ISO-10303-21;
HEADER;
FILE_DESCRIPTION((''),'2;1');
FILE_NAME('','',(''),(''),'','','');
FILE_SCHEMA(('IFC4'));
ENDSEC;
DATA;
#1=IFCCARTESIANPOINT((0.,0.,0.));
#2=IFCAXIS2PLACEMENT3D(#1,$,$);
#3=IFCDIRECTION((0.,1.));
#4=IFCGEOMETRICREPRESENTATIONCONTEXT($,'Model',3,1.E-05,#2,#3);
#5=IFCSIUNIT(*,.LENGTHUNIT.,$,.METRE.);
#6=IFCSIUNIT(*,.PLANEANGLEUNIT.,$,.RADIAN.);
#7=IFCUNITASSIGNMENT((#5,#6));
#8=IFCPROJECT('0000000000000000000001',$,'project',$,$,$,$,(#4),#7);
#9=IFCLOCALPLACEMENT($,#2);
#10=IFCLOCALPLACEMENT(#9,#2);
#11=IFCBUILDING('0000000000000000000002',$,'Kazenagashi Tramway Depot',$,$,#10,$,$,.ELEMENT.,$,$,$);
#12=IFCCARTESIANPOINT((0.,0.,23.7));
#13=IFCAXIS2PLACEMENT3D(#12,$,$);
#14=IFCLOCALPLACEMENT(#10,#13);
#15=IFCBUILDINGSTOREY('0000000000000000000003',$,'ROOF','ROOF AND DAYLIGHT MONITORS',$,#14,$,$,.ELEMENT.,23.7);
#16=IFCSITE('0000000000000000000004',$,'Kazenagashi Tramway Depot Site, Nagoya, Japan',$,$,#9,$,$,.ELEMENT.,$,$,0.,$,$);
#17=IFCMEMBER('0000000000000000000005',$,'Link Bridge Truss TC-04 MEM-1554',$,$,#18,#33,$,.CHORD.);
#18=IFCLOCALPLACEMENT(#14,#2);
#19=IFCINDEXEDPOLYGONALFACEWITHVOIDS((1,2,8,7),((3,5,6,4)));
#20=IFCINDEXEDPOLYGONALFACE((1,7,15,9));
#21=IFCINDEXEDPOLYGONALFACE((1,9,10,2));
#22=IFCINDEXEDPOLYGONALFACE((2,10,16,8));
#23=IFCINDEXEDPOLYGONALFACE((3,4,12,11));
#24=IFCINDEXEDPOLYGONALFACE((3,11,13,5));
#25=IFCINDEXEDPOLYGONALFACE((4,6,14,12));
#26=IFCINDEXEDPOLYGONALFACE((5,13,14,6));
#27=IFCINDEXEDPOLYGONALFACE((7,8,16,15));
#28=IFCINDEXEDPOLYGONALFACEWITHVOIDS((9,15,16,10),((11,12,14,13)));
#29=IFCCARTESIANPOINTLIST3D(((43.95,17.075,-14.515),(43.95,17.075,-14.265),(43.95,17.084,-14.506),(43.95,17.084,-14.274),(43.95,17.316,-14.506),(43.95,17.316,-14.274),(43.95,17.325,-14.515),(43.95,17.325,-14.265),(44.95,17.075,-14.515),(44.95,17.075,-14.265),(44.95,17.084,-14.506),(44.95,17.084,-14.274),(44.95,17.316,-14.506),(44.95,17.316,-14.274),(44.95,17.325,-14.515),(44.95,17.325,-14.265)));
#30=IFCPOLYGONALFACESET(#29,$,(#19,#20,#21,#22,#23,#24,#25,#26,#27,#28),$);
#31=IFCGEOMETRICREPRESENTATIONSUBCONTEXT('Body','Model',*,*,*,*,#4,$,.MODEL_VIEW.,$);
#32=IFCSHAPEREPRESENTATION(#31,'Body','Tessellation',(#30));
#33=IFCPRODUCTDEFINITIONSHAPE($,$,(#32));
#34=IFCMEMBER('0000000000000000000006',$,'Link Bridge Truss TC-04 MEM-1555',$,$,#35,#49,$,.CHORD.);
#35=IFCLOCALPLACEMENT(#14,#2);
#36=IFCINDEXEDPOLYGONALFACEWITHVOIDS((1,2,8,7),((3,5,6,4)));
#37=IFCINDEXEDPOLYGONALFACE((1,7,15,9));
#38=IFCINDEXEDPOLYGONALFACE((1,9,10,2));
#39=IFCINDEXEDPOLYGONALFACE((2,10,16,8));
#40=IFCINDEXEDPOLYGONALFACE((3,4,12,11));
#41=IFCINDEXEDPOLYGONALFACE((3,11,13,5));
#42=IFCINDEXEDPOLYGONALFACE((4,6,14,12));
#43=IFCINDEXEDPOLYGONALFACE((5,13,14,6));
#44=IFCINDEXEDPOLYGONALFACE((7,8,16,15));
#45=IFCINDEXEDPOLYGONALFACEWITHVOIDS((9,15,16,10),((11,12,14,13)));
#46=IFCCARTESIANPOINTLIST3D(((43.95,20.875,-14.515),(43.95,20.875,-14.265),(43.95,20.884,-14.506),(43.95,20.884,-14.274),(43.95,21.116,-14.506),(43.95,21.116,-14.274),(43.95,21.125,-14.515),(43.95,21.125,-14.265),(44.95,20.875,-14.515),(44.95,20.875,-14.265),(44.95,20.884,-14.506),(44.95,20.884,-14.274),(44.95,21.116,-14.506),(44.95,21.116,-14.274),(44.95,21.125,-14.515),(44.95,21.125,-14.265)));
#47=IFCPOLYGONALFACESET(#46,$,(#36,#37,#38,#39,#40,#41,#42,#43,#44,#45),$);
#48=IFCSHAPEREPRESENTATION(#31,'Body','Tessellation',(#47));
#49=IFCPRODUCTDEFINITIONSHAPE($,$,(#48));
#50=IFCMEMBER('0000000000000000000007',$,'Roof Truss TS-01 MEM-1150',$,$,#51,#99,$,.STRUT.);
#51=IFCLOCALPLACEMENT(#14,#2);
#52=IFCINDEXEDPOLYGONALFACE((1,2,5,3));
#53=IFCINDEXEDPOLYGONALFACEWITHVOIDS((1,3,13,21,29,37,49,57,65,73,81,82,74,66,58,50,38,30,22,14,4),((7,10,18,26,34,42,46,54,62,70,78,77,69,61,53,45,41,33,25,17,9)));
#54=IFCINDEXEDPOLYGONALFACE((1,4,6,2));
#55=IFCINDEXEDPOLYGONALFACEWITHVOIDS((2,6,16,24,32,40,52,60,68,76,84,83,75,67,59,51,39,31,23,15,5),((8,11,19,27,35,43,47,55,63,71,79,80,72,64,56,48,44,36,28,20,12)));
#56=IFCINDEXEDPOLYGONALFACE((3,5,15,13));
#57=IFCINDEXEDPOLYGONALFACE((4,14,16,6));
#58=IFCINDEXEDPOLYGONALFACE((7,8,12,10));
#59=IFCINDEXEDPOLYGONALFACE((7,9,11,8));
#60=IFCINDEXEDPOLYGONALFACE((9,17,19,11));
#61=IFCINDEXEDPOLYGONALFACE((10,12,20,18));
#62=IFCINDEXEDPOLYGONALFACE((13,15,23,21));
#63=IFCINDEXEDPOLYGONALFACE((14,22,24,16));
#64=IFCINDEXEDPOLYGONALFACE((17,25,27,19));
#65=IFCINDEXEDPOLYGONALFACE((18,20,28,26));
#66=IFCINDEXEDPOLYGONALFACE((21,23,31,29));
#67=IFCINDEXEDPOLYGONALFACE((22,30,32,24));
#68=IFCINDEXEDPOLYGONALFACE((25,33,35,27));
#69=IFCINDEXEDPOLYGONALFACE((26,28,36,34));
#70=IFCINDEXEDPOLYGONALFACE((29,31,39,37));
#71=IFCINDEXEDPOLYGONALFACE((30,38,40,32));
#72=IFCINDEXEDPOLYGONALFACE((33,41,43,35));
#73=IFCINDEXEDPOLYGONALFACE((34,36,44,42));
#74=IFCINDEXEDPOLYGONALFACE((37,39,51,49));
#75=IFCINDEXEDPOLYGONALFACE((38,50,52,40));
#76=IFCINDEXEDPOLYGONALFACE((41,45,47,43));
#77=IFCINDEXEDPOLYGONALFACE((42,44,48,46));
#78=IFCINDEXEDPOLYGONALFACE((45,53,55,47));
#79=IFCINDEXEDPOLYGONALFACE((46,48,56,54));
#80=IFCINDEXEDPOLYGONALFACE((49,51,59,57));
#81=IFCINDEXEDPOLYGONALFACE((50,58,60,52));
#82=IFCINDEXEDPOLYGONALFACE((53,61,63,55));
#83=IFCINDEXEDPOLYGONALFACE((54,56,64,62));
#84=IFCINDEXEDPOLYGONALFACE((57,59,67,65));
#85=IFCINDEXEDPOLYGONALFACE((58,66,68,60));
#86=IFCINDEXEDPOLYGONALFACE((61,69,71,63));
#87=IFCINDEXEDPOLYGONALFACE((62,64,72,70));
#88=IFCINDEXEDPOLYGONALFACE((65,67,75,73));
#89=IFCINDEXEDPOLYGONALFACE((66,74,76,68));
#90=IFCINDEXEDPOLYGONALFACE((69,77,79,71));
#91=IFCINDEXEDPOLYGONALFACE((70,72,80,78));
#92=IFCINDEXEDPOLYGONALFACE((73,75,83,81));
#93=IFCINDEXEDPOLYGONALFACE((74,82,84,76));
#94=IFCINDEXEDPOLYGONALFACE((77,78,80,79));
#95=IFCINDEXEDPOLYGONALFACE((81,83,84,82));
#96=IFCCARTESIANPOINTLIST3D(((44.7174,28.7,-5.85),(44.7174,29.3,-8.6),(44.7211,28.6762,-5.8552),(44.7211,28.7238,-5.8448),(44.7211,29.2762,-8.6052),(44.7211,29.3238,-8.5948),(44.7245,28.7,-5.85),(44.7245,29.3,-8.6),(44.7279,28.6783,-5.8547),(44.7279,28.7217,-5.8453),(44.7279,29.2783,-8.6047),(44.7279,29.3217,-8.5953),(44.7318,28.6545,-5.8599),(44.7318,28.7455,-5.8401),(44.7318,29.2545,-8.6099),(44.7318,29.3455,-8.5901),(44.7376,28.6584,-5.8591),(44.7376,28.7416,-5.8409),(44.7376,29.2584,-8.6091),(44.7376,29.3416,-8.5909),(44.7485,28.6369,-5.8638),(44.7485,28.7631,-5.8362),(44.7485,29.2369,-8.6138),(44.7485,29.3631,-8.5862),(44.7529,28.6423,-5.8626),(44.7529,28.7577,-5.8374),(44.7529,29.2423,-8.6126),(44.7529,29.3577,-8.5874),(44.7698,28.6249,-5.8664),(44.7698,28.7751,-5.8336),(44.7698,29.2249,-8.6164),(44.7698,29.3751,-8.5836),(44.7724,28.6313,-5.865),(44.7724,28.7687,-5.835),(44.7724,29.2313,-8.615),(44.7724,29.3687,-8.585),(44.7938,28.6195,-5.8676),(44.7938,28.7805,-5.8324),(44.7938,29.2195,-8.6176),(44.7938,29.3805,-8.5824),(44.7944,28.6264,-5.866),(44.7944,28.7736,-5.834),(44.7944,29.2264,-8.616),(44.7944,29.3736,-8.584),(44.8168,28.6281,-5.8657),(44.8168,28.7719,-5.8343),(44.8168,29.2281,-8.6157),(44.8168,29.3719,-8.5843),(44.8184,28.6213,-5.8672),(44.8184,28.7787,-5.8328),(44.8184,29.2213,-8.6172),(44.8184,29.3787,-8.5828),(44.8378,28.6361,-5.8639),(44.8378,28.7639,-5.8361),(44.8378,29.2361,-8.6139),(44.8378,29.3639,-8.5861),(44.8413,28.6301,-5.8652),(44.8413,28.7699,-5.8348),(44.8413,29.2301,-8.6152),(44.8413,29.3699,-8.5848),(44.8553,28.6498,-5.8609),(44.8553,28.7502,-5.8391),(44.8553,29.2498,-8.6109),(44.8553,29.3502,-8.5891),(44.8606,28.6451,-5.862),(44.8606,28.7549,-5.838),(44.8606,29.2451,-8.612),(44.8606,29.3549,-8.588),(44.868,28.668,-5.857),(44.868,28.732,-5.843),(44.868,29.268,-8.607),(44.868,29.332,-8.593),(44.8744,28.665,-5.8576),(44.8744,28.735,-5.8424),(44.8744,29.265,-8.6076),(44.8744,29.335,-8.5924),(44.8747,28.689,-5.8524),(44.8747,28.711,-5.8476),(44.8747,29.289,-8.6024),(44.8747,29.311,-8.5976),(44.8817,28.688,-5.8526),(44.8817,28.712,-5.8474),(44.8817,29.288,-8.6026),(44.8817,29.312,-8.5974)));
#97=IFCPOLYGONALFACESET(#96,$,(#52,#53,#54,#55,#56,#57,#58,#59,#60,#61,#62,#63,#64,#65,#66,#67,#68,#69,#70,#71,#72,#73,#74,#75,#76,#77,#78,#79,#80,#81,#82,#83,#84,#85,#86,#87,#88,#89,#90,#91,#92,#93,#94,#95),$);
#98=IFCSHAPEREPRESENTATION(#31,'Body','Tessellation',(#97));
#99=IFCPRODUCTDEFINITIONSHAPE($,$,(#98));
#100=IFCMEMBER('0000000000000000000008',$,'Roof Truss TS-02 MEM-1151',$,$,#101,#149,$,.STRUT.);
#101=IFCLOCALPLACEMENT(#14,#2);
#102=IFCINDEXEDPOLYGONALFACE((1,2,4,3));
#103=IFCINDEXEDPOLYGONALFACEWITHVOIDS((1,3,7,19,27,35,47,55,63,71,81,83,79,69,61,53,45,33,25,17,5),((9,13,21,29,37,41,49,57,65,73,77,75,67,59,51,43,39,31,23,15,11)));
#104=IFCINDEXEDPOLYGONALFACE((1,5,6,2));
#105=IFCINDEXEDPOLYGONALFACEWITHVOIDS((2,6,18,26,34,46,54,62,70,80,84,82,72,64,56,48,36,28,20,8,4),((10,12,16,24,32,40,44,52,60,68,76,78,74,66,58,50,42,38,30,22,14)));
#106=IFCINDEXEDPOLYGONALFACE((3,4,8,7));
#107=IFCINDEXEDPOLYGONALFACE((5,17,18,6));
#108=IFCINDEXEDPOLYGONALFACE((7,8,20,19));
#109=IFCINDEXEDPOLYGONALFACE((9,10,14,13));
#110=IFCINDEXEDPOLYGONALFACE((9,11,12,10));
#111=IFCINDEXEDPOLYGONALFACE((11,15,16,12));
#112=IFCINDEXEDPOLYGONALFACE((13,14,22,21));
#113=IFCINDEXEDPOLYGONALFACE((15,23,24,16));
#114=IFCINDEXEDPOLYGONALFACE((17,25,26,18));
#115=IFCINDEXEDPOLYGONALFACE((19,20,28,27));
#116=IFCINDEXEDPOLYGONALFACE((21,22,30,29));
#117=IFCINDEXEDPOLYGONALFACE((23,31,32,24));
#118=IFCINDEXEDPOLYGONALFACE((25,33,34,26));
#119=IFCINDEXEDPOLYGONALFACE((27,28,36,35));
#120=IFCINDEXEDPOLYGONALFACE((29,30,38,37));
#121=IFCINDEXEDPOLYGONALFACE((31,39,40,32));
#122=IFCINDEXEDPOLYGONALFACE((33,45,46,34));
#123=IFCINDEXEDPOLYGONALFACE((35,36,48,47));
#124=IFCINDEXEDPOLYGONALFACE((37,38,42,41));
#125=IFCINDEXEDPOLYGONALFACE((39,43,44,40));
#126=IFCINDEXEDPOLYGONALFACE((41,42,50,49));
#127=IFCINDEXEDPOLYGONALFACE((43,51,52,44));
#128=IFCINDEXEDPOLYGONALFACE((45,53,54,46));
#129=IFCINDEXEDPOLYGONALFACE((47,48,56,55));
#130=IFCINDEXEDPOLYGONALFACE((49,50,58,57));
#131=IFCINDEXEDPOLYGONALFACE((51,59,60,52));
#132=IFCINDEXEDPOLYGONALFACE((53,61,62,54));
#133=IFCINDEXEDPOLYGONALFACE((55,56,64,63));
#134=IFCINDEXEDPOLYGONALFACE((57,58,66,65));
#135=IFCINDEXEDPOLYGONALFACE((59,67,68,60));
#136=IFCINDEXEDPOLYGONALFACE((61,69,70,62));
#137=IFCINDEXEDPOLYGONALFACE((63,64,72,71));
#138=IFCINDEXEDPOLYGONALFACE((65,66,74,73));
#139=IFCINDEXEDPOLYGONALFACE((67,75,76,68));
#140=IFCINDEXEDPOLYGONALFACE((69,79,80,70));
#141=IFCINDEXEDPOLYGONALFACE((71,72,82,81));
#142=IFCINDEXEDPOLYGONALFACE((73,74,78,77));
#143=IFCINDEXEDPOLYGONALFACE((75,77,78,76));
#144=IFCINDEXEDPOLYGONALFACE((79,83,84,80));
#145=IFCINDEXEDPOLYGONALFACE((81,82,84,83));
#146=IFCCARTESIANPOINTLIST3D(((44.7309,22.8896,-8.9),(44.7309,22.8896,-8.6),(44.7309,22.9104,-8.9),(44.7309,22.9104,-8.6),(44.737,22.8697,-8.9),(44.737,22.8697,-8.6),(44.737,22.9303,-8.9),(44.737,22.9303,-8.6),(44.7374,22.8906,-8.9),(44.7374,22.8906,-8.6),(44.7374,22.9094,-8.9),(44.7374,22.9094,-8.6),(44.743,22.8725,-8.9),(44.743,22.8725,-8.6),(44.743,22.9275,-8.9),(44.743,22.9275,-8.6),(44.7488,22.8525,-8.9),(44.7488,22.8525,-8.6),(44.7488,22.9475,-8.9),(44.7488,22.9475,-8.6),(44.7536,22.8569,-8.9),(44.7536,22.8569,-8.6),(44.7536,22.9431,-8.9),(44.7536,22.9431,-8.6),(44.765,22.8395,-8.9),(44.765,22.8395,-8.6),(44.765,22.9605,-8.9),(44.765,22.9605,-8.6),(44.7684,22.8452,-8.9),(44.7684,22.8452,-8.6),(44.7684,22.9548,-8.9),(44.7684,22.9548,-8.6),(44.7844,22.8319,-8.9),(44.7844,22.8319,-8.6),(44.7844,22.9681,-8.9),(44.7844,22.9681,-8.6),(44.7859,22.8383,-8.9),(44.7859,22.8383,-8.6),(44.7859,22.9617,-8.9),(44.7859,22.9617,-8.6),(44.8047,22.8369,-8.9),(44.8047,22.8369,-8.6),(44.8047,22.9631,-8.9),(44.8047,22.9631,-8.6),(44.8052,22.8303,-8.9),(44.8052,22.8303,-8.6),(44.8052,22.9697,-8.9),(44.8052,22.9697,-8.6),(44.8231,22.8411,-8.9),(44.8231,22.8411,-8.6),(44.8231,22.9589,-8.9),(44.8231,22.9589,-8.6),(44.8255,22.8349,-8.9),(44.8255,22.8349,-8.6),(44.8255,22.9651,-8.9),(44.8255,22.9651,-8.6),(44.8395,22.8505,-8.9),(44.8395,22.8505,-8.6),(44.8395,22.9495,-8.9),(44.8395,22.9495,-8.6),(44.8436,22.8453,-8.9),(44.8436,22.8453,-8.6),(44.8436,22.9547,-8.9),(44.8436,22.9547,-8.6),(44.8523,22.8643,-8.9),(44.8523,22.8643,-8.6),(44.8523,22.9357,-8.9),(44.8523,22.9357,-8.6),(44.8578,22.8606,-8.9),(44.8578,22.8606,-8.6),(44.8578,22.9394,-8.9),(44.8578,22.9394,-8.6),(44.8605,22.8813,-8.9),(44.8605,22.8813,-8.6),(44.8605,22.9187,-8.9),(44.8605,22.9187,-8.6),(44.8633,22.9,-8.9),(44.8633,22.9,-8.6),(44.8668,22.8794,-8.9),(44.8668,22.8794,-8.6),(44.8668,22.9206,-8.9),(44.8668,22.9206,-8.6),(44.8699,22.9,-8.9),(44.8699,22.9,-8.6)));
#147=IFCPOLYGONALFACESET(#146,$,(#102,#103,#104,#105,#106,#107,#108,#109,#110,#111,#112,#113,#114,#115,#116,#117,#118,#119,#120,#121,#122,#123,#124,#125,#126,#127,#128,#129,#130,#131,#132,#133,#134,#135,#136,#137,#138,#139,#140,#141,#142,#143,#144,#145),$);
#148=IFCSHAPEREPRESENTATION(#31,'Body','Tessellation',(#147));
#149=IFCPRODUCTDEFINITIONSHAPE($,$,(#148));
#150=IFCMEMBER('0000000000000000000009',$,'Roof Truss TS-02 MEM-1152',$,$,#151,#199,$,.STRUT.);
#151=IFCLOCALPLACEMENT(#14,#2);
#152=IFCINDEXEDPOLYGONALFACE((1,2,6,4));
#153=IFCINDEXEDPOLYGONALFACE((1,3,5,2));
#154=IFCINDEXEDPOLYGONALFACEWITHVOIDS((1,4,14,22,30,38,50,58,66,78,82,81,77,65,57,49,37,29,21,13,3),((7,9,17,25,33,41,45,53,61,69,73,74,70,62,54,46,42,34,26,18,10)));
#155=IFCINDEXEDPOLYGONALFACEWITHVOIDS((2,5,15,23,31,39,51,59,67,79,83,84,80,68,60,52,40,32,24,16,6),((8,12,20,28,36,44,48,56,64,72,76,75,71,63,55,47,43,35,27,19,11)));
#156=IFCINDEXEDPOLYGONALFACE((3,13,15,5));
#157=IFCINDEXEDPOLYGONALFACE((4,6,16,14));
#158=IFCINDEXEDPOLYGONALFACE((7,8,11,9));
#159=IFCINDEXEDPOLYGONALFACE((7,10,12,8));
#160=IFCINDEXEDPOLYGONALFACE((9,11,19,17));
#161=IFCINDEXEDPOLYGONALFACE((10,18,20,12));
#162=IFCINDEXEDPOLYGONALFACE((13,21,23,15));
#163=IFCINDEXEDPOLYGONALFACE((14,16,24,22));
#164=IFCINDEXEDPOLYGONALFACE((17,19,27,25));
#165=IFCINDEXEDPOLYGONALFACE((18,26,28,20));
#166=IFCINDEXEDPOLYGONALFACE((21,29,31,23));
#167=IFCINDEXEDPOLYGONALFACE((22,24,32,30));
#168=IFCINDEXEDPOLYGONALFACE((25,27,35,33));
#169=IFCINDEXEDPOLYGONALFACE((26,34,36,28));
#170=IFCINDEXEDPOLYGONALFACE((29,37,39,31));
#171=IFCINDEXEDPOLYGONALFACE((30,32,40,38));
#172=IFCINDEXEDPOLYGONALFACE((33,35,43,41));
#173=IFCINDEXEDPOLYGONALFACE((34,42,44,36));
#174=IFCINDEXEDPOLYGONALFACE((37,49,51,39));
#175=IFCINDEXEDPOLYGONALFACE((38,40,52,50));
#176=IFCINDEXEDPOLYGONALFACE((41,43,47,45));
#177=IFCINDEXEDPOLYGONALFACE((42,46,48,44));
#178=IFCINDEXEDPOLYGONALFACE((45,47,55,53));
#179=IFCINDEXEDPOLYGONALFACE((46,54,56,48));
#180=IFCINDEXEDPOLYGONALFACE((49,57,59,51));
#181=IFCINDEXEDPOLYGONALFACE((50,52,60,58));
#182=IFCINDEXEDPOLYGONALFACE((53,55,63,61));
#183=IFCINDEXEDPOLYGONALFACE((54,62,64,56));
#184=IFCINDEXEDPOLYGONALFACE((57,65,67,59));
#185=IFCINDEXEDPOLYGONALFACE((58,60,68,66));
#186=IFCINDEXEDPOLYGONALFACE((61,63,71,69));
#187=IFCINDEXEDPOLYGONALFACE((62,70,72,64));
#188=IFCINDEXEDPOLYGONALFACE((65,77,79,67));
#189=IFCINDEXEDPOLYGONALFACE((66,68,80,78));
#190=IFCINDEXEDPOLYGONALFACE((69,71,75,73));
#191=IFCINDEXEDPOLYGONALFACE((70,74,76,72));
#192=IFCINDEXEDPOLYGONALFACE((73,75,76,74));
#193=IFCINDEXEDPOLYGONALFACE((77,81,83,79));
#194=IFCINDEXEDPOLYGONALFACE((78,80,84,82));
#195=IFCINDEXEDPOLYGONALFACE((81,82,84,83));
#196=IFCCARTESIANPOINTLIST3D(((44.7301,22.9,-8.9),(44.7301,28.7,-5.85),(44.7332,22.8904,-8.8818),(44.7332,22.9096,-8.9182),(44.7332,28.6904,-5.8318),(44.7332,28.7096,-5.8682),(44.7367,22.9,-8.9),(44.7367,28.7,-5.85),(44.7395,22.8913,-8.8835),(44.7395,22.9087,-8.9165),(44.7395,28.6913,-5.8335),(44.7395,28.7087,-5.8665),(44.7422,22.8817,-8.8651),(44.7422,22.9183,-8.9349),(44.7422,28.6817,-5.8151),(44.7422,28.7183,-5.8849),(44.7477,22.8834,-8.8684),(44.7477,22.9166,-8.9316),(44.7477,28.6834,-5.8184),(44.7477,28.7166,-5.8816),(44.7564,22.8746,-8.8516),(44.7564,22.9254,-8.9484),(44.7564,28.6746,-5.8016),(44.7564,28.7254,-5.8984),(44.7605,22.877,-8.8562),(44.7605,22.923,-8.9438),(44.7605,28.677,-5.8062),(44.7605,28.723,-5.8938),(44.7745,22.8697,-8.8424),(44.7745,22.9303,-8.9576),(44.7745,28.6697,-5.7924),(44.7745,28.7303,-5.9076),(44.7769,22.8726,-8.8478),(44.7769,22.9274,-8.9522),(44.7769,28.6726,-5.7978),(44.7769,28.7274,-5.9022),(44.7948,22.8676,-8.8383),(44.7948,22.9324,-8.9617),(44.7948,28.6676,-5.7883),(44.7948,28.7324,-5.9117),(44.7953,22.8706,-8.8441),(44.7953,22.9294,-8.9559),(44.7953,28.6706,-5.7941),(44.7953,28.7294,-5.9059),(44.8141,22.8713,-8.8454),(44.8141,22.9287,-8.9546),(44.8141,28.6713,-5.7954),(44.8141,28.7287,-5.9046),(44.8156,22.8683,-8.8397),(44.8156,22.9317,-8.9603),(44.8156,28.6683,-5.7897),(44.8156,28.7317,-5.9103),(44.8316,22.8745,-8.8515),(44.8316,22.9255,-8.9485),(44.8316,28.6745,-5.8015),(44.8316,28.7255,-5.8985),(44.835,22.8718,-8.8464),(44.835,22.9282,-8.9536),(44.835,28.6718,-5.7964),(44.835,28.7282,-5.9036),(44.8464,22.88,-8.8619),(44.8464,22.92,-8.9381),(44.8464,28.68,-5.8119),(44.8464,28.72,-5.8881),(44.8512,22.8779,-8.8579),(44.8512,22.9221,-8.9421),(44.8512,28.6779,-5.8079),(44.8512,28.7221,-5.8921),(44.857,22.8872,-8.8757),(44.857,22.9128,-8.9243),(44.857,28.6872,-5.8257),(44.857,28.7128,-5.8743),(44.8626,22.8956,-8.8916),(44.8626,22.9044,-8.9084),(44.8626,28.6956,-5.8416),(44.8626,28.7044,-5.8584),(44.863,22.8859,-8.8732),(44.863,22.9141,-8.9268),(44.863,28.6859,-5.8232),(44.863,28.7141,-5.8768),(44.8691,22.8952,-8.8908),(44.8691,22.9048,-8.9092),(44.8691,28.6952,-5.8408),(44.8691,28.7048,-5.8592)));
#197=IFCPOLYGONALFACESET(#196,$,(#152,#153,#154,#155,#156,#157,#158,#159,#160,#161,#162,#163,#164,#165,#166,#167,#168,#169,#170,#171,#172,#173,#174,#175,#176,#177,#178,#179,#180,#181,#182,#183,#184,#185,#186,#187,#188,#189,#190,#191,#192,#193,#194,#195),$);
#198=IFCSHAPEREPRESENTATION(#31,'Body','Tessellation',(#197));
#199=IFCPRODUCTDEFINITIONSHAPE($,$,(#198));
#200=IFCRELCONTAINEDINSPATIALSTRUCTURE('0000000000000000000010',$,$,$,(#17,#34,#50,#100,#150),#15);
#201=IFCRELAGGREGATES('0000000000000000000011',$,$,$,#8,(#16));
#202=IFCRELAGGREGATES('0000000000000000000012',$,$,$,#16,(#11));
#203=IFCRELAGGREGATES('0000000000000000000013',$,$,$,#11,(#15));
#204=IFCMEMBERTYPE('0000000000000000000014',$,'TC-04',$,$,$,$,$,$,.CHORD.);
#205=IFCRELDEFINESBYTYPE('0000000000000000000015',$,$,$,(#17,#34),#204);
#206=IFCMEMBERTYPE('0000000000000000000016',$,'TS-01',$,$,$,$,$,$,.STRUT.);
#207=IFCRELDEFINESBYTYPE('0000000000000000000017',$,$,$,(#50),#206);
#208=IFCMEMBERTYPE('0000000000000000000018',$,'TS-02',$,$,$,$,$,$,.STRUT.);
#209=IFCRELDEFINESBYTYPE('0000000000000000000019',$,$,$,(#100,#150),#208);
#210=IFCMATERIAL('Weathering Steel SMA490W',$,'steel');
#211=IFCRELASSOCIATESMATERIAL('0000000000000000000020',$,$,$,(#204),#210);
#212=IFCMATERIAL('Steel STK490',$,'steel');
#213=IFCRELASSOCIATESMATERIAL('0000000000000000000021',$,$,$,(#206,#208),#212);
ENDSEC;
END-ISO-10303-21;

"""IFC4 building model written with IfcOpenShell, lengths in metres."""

from ifc_helpers import new_model, si_unit, direction, frame, origin, origin_2d, place, context, subcontext, project, spatial, hollow_rectangle, hollow_circle, extrude, material, material_profile, profile_set, type_object, element, save


model = new_model("IFC4")

# Units and contexts
model_context = context("Model", 3, precision=1e-05, world=origin(), true_north=direction((0.0, 1.0)))
body_context = subcontext(model_context, "Body", "Model", "MODEL_VIEW")
ifc_project = project(units=[si_unit("LENGTHUNIT", "METRE"), si_unit("PLANEANGLEUNIT", "RADIAN")], contexts=[model_context])

# Site, building, storey
site_placement = place(None, origin())
site = spatial("IfcSite", under=ifc_project, at=site_placement, Name="Kazenagashi Tramway Depot Site, Nagoya, Japan", CompositionType="ELEMENT", RefElevation=0.0)
building_placement = place(site_placement, origin())
building = spatial("IfcBuilding", under=site, at=building_placement, Name="Kazenagashi Tramway Depot", CompositionType="ELEMENT")
storey_placement = place(building_placement, frame((0.0, 0.0, 23.7)))
storey = spatial("IfcBuildingStorey", under=building, at=storey_placement, Name="ROOF", Description="ROOF AND DAYLIGHT MONITORS", CompositionType="ELEMENT", Elevation=23.7)

# Members
ifc_material_1 = material(Name="Steel STK490", Category="steel")
ifc_material_2 = material(Name="Weathering Steel SMA490W", Category="steel")
ifc_material_profile_1 = material_profile(ifc_material_2, hollow_rectangle(XDim=0.25, YDim=0.25, WallThickness=0.009, at=origin_2d()), Name="SHS-250x250x9")
ifc_profile_set_1 = profile_set([ifc_material_profile_1], Name="Weathering Steel SMA490W")
member_type_1 = type_object("IfcMemberType", Name="TC-04", PredefinedType="CHORD", material=ifc_profile_set_1)
for number, where, z_axis, x_axis, name in (
    (1, (43.95, 17.2, -14.39), (1.0, 0.0, 0.0), (0.0, 1.0, 0.0), "Link Bridge Truss TC-04 MEM-1554"),
    (2, (43.95, 21.0, -14.39), (1.0, 0.0, 0.0), (0.0, 1.0, 0.0), "Link Bridge Truss TC-04 MEM-1555"),
):
    element("IfcMember", number, at=place(storey_placement, frame(where, z_axis=z_axis, x_axis=x_axis)), inside=storey, type_object=member_type_1, Name=name, PredefinedType="CHORD", context=body_context, shape_type="SweptSolid", body=[
        extrude(hollow_rectangle(XDim=0.25, YDim=0.25, WallThickness=0.009, at=origin_2d()), origin(), (0.0, 0.0, 1.0), 1.0),
    ])
ifc_material_profile_2 = material_profile(ifc_material_1, hollow_circle(Radius=0.0826, WallThickness=0.0071, at=origin_2d()), Name="CHS-165.2x7.1")
ifc_profile_set_2 = profile_set([ifc_material_profile_2], Name="Steel STK490")
member_type_2 = type_object("IfcMemberType", Name="TS-01", PredefinedType="STRUT", material=ifc_profile_set_2)
member_1_placement = place(storey_placement, frame((44.8, 28.7, -5.85), z_axis=(0.0, 0.213167, -0.977016), x_axis=(-1.0, 0.0, 0.0)))
element("IfcMember", 3, at=member_1_placement, inside=storey, type_object=member_type_2, Name="Roof Truss TS-01 MEM-1150", PredefinedType="STRUT", context=body_context, shape_type="SweptSolid", body=[
    extrude(hollow_circle(Radius=0.0826, WallThickness=0.0071, at=origin_2d()), origin(), (0.0, 0.0, 1.0), 2.8147),
])
ifc_material_profile_3 = material_profile(ifc_material_1, hollow_circle(Radius=0.0699, WallThickness=0.0066, at=origin_2d()), Name="CHS-139.8x6.6")
ifc_profile_set_3 = profile_set([ifc_material_profile_3], Name="Steel STK490")
member_type_3 = type_object("IfcMemberType", Name="TS-02", PredefinedType="STRUT", material=ifc_profile_set_3)
member_2_placement = place(storey_placement, frame((44.8, 22.9, -8.9), z_axis=(0.0, 0.0, 1.0), x_axis=(1.0, 0.0, 0.0)))
element("IfcMember", 4, at=member_2_placement, inside=storey, type_object=member_type_3, Name="Roof Truss TS-02 MEM-1151", PredefinedType="STRUT", context=body_context, shape_type="SweptSolid", body=[
    extrude(hollow_circle(Radius=0.0699, WallThickness=0.0066, at=origin_2d()), origin(), (0.0, 0.0, 1.0), 0.3),
])
member_3_placement = place(storey_placement, frame((44.8, 22.9, -8.9), z_axis=(0.0, 0.885084, 0.465432), x_axis=(-1.0, 0.0, 0.0)))
element("IfcMember", 5, at=member_3_placement, inside=storey, type_object=member_type_3, Name="Roof Truss TS-02 MEM-1152", PredefinedType="STRUT", context=body_context, shape_type="SweptSolid", body=[
    extrude(hollow_circle(Radius=0.0699, WallThickness=0.0066, at=origin_2d()), origin(), (0.0, 0.0, 1.0), 6.5531),
])

save(model, "model.ifc")
